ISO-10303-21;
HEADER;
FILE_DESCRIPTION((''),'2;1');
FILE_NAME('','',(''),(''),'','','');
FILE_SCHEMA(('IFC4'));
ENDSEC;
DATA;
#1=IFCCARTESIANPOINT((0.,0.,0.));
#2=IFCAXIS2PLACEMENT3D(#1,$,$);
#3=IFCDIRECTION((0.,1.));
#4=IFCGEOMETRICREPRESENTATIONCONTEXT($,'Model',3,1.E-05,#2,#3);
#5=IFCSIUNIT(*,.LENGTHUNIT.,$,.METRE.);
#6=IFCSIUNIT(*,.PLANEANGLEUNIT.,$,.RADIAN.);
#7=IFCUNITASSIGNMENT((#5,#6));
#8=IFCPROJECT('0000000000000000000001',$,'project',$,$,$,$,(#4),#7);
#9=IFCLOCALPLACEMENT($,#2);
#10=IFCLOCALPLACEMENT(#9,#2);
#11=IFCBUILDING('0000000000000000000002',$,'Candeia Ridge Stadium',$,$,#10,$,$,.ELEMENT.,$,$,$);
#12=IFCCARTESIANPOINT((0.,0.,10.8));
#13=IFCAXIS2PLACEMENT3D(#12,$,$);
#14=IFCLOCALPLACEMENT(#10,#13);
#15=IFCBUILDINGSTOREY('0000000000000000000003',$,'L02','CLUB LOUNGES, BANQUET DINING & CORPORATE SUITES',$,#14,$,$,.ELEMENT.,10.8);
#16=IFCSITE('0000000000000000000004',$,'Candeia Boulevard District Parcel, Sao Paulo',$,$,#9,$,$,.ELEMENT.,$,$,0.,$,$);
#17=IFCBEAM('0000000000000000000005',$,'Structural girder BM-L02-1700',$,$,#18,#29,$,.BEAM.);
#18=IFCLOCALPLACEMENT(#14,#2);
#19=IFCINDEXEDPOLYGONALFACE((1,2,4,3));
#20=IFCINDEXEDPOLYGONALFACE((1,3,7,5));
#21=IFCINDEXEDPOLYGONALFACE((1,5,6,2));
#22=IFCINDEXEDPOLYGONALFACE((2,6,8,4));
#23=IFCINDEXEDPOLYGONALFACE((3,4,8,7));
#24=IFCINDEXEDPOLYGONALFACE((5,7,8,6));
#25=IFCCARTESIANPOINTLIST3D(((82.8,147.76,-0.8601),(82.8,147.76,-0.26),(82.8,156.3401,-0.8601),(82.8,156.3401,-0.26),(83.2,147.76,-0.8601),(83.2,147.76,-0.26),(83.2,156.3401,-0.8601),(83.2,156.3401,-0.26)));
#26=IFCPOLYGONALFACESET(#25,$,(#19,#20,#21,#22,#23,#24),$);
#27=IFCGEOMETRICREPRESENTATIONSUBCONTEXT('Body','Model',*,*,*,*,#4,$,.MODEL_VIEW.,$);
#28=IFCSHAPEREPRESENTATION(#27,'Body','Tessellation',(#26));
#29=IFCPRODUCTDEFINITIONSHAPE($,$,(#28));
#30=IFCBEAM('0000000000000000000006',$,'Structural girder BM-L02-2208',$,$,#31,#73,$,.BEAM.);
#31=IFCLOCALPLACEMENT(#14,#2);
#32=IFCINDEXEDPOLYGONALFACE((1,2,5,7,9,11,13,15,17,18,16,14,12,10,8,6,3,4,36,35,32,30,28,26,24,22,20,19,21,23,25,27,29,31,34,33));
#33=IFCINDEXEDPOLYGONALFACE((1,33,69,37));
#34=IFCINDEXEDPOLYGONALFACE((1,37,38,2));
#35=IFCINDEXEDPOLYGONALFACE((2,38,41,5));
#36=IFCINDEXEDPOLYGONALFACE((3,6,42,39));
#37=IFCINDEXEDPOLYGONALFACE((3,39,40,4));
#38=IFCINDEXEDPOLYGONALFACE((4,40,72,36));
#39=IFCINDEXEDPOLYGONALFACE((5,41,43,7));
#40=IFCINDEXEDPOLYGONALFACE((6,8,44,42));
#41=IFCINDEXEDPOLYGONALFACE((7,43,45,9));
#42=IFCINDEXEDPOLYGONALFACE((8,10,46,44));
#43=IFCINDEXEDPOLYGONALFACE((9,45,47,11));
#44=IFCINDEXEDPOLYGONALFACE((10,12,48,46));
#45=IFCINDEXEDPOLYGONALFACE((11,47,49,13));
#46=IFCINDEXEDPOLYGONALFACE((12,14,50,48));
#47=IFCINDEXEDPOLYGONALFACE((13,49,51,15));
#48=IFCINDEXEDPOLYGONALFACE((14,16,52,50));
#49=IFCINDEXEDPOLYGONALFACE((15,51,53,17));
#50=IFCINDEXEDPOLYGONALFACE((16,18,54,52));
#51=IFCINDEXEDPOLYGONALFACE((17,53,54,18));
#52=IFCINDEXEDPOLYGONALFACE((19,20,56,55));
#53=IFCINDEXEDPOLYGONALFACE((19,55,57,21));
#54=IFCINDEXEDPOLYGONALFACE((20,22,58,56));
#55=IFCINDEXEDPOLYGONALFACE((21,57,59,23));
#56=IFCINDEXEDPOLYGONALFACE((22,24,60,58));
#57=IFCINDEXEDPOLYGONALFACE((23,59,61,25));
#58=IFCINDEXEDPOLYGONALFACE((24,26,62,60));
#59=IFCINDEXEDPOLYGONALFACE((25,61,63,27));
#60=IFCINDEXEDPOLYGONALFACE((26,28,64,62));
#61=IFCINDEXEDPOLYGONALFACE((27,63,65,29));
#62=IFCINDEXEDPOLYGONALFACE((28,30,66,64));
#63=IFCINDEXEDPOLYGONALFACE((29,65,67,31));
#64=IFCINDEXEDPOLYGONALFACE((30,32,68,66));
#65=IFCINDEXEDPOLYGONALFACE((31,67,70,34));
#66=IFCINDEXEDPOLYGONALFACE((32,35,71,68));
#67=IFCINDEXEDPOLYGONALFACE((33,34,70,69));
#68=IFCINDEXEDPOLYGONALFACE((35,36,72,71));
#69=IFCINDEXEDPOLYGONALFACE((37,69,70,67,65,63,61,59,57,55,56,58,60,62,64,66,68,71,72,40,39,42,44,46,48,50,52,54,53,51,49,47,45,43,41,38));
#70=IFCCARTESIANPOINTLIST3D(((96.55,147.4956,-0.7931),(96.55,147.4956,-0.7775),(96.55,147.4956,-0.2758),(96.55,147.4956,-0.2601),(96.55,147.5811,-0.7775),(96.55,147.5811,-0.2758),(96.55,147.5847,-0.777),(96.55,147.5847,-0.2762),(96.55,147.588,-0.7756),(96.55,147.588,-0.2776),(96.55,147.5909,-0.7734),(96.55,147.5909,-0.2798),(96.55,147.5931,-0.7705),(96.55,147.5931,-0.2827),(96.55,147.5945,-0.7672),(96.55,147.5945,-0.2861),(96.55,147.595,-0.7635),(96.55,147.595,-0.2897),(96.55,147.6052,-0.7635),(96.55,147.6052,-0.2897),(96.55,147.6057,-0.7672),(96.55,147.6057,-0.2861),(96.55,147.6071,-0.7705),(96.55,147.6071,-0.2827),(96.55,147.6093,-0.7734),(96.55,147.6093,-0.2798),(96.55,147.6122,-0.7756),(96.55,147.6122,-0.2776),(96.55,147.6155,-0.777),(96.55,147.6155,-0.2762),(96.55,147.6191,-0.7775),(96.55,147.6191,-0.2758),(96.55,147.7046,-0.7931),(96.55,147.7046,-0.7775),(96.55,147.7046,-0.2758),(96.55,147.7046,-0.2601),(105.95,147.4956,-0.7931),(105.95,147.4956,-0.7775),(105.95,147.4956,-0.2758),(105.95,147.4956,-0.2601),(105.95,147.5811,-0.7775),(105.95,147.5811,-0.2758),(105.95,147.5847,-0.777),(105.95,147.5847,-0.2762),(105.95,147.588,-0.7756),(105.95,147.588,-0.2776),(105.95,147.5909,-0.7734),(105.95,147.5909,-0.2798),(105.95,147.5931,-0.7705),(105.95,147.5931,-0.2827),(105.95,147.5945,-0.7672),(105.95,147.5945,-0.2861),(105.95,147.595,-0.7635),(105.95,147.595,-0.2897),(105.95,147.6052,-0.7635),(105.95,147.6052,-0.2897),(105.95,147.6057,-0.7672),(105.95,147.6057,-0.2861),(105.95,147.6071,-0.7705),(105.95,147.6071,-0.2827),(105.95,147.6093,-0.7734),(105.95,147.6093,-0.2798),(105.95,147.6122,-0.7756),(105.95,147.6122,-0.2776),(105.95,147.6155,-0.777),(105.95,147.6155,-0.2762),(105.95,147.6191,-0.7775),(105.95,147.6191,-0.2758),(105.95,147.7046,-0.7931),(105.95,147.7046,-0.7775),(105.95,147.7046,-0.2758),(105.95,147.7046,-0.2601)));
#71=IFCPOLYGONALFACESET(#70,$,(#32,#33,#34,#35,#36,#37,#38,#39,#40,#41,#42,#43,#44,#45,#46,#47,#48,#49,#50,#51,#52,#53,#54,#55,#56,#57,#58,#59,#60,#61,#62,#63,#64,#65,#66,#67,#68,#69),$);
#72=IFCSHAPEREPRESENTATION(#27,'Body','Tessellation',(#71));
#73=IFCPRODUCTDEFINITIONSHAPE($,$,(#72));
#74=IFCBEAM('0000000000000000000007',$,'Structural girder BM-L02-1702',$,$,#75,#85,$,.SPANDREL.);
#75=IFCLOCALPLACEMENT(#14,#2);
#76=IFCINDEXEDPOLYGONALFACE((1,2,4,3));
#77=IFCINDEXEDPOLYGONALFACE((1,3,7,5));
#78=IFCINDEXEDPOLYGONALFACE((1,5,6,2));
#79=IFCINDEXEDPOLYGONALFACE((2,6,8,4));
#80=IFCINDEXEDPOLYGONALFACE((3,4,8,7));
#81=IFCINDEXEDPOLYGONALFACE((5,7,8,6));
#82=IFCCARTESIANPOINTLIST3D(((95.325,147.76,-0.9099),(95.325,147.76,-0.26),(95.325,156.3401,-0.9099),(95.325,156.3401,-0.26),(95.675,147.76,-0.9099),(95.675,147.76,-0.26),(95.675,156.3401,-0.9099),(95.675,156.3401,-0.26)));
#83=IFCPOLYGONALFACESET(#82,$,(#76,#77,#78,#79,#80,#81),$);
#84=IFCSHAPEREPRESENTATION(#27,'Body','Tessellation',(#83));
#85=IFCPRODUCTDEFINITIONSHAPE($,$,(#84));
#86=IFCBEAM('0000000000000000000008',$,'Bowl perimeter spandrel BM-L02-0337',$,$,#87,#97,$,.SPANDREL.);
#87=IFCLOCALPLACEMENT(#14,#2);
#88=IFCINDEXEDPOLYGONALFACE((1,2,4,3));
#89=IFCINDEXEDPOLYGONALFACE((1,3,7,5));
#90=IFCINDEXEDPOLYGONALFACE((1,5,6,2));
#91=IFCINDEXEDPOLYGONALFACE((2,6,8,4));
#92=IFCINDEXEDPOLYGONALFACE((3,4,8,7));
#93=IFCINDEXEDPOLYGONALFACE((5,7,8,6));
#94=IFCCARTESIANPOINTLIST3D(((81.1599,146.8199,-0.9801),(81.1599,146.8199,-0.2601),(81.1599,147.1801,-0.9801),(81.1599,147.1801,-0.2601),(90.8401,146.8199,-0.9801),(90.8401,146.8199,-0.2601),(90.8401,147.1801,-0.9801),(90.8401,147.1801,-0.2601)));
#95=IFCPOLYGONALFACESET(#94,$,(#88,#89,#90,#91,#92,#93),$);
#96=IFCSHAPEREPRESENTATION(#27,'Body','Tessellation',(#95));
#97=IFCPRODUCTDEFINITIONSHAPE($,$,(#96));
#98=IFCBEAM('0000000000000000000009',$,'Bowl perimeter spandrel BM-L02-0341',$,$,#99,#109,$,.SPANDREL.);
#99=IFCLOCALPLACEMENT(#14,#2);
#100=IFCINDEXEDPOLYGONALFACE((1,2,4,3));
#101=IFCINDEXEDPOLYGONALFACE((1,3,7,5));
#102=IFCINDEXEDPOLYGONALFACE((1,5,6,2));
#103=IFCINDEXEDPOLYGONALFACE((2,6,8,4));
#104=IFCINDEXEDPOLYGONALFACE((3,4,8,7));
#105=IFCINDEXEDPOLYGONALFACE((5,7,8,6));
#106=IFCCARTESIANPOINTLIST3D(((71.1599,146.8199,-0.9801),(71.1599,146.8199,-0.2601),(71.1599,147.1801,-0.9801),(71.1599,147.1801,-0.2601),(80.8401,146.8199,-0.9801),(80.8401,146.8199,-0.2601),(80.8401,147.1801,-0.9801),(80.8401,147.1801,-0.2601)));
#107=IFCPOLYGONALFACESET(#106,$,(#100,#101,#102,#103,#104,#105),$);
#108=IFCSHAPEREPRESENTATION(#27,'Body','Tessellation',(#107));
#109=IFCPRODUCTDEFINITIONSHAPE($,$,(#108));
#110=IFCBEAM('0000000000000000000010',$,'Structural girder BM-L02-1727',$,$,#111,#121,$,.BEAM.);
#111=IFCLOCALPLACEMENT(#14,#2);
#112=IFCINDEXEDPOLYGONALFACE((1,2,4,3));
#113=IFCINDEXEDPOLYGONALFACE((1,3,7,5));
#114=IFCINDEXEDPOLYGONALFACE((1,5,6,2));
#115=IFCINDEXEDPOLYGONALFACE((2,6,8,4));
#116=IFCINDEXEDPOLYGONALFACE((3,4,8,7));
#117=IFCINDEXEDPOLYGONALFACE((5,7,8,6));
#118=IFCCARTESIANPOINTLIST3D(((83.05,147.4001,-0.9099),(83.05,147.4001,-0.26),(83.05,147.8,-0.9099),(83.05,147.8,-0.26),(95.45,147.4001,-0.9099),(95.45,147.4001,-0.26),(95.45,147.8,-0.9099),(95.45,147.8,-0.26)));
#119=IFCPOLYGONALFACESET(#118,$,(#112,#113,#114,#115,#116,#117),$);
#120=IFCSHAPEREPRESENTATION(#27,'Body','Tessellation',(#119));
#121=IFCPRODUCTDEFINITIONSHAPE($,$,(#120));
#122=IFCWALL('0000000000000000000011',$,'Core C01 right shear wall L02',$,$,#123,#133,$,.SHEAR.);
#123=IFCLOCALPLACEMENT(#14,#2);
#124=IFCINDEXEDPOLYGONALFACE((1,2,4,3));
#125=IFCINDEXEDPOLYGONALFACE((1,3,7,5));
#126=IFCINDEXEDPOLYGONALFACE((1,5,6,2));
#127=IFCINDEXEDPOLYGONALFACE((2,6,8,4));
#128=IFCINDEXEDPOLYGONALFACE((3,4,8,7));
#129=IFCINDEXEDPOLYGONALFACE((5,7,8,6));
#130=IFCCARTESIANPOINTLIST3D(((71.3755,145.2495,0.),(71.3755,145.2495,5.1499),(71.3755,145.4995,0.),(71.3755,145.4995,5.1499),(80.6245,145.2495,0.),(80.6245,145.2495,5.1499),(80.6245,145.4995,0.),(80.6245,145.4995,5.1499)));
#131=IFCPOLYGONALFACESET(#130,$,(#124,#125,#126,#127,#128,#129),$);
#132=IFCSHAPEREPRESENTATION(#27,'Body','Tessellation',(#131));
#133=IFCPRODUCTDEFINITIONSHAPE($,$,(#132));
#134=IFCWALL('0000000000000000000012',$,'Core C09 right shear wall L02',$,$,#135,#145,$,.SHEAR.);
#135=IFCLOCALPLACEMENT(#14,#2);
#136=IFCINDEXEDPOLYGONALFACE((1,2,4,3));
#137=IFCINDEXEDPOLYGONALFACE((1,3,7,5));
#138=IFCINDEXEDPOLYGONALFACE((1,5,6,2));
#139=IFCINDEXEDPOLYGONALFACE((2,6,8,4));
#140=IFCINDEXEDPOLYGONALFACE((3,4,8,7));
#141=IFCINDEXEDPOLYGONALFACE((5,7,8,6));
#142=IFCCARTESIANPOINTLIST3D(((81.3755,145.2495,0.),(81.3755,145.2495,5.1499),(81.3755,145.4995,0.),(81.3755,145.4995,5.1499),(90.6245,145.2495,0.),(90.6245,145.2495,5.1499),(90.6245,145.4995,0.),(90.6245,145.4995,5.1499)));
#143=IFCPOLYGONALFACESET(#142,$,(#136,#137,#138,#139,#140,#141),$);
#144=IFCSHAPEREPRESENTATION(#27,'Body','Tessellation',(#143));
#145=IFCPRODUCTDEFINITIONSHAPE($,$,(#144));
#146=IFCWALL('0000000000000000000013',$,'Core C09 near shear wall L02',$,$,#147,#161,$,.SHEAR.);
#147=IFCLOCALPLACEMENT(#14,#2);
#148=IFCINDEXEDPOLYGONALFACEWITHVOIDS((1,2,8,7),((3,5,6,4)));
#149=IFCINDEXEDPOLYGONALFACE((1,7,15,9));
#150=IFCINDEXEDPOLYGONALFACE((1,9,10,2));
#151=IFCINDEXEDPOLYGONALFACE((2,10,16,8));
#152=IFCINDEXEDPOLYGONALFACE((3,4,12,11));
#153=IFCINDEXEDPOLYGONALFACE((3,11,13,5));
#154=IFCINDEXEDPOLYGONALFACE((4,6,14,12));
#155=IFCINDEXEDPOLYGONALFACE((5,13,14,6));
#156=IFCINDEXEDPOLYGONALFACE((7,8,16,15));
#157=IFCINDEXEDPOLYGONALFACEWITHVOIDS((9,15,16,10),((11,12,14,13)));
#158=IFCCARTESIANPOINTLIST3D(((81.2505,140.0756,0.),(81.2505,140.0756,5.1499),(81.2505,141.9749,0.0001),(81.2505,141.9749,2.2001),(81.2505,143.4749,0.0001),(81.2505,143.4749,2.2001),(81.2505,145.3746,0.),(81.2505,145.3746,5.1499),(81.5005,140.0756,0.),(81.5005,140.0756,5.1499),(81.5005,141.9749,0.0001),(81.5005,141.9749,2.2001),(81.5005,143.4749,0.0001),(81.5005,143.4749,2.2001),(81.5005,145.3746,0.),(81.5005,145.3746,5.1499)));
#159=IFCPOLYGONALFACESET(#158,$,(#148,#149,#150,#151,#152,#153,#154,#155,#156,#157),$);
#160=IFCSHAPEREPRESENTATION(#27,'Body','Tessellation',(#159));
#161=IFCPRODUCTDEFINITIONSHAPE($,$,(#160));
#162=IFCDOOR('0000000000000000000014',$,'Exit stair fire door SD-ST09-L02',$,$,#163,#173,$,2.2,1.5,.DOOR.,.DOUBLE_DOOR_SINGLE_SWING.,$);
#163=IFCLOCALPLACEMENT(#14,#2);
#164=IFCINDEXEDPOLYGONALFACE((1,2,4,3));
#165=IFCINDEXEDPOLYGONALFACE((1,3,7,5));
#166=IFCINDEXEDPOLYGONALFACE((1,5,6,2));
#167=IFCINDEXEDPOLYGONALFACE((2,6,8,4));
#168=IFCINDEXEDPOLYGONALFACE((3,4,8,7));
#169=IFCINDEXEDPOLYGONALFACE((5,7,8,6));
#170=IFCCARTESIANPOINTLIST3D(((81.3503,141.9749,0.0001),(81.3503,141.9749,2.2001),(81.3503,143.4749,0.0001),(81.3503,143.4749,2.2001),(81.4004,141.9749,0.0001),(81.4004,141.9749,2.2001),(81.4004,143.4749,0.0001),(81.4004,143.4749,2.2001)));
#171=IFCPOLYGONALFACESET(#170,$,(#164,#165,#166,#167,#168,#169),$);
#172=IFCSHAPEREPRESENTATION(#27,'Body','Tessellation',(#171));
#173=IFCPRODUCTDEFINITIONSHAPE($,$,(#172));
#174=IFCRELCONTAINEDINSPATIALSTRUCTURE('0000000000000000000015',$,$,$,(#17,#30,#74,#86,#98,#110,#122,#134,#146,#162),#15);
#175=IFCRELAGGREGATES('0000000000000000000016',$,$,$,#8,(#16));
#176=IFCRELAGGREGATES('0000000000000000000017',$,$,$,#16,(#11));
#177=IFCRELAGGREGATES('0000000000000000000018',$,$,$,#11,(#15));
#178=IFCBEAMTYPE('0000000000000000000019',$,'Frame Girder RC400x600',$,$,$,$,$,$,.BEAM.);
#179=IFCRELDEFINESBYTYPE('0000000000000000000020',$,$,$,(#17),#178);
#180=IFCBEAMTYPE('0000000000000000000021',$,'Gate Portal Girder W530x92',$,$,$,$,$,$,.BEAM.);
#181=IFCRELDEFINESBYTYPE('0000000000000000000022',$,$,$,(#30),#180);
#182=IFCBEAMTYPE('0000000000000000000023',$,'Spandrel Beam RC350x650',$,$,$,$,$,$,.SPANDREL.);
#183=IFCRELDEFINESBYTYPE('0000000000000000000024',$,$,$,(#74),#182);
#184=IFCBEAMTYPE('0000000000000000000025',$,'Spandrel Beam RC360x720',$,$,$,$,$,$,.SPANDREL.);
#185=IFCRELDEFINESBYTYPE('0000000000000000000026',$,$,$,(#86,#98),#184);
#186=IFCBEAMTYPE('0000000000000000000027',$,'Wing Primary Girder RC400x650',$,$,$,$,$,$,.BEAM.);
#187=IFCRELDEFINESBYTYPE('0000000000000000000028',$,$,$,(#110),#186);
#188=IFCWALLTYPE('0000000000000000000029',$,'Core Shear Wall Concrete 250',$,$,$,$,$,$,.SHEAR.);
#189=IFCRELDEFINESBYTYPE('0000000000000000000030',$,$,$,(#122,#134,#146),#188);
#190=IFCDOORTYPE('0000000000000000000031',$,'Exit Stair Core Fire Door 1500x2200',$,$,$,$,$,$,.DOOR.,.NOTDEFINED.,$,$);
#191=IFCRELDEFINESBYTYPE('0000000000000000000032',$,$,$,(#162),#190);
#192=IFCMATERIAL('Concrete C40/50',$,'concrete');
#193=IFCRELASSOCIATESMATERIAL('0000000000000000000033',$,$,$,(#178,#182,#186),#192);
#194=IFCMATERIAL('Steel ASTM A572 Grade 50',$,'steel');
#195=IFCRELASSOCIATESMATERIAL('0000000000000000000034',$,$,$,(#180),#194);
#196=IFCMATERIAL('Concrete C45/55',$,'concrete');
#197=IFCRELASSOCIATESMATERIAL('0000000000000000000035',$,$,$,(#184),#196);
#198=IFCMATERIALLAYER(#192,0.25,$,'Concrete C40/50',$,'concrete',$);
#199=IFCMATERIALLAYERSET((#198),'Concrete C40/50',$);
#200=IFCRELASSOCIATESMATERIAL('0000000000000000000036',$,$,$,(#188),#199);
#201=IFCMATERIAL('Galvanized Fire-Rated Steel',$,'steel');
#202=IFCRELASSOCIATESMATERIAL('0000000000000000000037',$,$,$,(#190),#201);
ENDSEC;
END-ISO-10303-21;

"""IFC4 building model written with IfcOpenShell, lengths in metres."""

from ifc_helpers import new_model, si_unit, direction, frame, frame_2d, origin, origin_2d, place, context, subcontext, project, spatial, rectangle, i_section, extrude, material, layer, layer_set, material_profile, profile_set, type_object, element, fill, save


model = new_model("IFC4")

# Units and contexts
model_context = context("Model", 3, precision=1e-05, world=origin(), true_north=direction((0.0, 1.0)))
body_context = subcontext(model_context, "Body", "Model", "MODEL_VIEW")
ifc_project = project(units=[si_unit("LENGTHUNIT", "METRE"), si_unit("PLANEANGLEUNIT", "RADIAN")], contexts=[model_context])

# Site, building, storey
site_placement = place(None, origin())
site = spatial("IfcSite", under=ifc_project, at=site_placement, Name="Candeia Boulevard District Parcel, Sao Paulo", CompositionType="ELEMENT", RefElevation=0.0)
building_placement = place(site_placement, origin())
building = spatial("IfcBuilding", under=site, at=building_placement, Name="Candeia Ridge Stadium", CompositionType="ELEMENT")
storey_placement = place(building_placement, frame((0.0, 0.0, 10.8)))
storey = spatial("IfcBuildingStorey", under=building, at=storey_placement, Name="L02", Description="CLUB LOUNGES, BANQUET DINING & CORPORATE SUITES", CompositionType="ELEMENT", Elevation=10.8)

# Shared definitions
ifc_material_1 = material(Name="Concrete C45/55", Category="concrete")
ifc_material_2 = material(Name="Steel ASTM A572 Grade 50", Category="steel")
ifc_material_3 = material(Name="Concrete C40/50", Category="concrete")

# Beams
ifc_material_profile_1 = material_profile(ifc_material_3, rectangle(XDim=0.3999, YDim=0.6001, at=origin_2d()), Name="RC400x600", Category="concrete")
ifc_profile_set_1 = profile_set([ifc_material_profile_1], Name="Concrete C40/50")
beam_type_1 = type_object("IfcBeamType", Name="Frame Girder RC400x600", PredefinedType="BEAM", material=ifc_profile_set_1)
beam_1_placement = place(storey_placement, frame((83.0, 147.76, -0.5601), z_axis=(0.0, 1.0, 0.0), x_axis=(-1.0, 0.0, 0.0)))
element("IfcBeam", 1, at=beam_1_placement, inside=storey, type_object=beam_type_1, Name="Structural girder BM-L02-1700", PredefinedType="BEAM", context=body_context, shape_type="SweptSolid", body=[
    extrude(rectangle(XDim=0.3999, YDim=0.6001, at=origin_2d()), origin(), (0.0, 0.0, 1.0), 8.5801),
])
ifc_material_profile_2 = material_profile(ifc_material_2, i_section(OverallWidth=0.209, OverallDepth=0.533, WebThickness=0.0103, FlangeThickness=0.0156, FilletRadius=0.0139, at=origin_2d()), Name="W530x92", Category="steel")
ifc_profile_set_2 = profile_set([ifc_material_profile_2], Name="Steel ASTM A572 Grade 50")
beam_type_2 = type_object("IfcBeamType", Name="Gate Portal Girder W530x92", PredefinedType="BEAM", material=ifc_profile_set_2)
beam_2_placement = place(storey_placement, frame((96.55, 147.6001, -0.5266), z_axis=(1.0, 0.0, 0.0), x_axis=(0.0, 1.0, 0.0)))
element("IfcBeam", 2, at=beam_2_placement, inside=storey, type_object=beam_type_2, Name="Structural girder BM-L02-2208", PredefinedType="BEAM", context=body_context, shape_type="SweptSolid", body=[
    extrude(i_section(OverallWidth=0.209, OverallDepth=0.533, WebThickness=0.0103, FlangeThickness=0.0156, FilletRadius=0.0139, at=origin_2d()), origin(), (0.0, 0.0, 1.0), 9.3999),
])
ifc_material_profile_3 = material_profile(ifc_material_3, rectangle(XDim=0.3501, YDim=0.6499, at=origin_2d()), Name="RC350x650", Category="concrete")
ifc_profile_set_3 = profile_set([ifc_material_profile_3], Name="Concrete C40/50")
beam_type_3 = type_object("IfcBeamType", Name="Spandrel Beam RC350x650", PredefinedType="SPANDREL", material=ifc_profile_set_3)
beam_3_placement = place(storey_placement, frame((95.5, 147.76, -0.585), z_axis=(0.0, 1.0, 0.0), x_axis=(-1.0, 0.0, 0.0)))
element("IfcBeam", 3, at=beam_3_placement, inside=storey, type_object=beam_type_3, Name="Structural girder BM-L02-1702", PredefinedType="SPANDREL", context=body_context, shape_type="SweptSolid", body=[
    extrude(rectangle(XDim=0.3501, YDim=0.6499, at=origin_2d()), origin(), (0.0, 0.0, 1.0), 8.5801),
])
ifc_material_profile_4 = material_profile(ifc_material_1, rectangle(XDim=0.3601, YDim=0.72, at=origin_2d()), Name="RC360x720", Category="concrete")
ifc_profile_set_4 = profile_set([ifc_material_profile_4], Name="Concrete C45/55")
beam_type_4 = type_object("IfcBeamType", Name="Spandrel Beam RC360x720", PredefinedType="SPANDREL", material=ifc_profile_set_4)
for number, where, z_axis, x_axis, name in (
    (4, (90.8401, 147.0, -0.6201), (-1.0, 0.0, 0.0), (0.0, -1.0, 0.0), "Bowl perimeter spandrel BM-L02-0337"),
    (5, (80.8401, 147.0, -0.6201), (-1.0, 0.0, 0.0), (0.0, -1.0, 0.0), "Bowl perimeter spandrel BM-L02-0341"),
):
    element("IfcBeam", number, at=place(storey_placement, frame(where, z_axis=z_axis, x_axis=x_axis)), inside=storey, type_object=beam_type_4, Name=name, PredefinedType="SPANDREL", context=body_context, shape_type="SweptSolid", body=[
        extrude(rectangle(XDim=0.3601, YDim=0.72, at=origin_2d()), origin(), (0.0, 0.0, 1.0), 9.6802),
    ])
ifc_material_profile_5 = material_profile(ifc_material_3, rectangle(XDim=0.3999, YDim=0.6499, at=origin_2d()), Name="RC400x650", Category="concrete")
ifc_profile_set_5 = profile_set([ifc_material_profile_5], Name="Concrete C40/50")
beam_type_5 = type_object("IfcBeamType", Name="Wing Primary Girder RC400x650", PredefinedType="BEAM", material=ifc_profile_set_5)
beam_4_placement = place(storey_placement, frame((83.05, 147.6001, -0.585), z_axis=(1.0, 0.0, 0.0), x_axis=(0.0, 1.0, 0.0)))
element("IfcBeam", 6, at=beam_4_placement, inside=storey, type_object=beam_type_5, Name="Structural girder BM-L02-1727", PredefinedType="BEAM", context=body_context, shape_type="SweptSolid", body=[
    extrude(rectangle(XDim=0.3999, YDim=0.6499, at=origin_2d()), origin(), (0.0, 0.0, 1.0), 12.3999),
])

# Walls
ifc_layer_1 = layer(ifc_material_3, 0.25, Name="Concrete C40/50", Category="concrete")
ifc_layer_set_1 = layer_set([ifc_layer_1], Name="Concrete C40/50")
wall_type_1 = type_object("IfcWallType", Name="Core Shear Wall Concrete 250", PredefinedType="SHEAR", material=ifc_layer_set_1)
for number, where, z_axis, x_axis, name in (
    (7, (80.6245, 145.3745, 0.0), (0.0, 0.0, 1.0), (-1.0, 0.0, 0.0), "Core C01 right shear wall L02"),
    (8, (90.6245, 145.3745, 0.0), (0.0, 0.0, 1.0), (-1.0, 0.0, 0.0), "Core C09 right shear wall L02"),
):
    element("IfcWall", number, at=place(storey_placement, frame(where, z_axis=z_axis, x_axis=x_axis)), inside=storey, type_object=wall_type_1, Name=name, PredefinedType="SHEAR", context=body_context, shape_type="SweptSolid", body=[
        extrude(rectangle(XDim=9.249, YDim=0.25, at=frame_2d((4.6245, 0.0))), origin(), (0.0, 0.0, 1.0), 5.1499),
    ])

# Wall, opening, door
wall_1_placement = place(storey_placement, frame((81.3755, 145.3745, 0.0), z_axis=(0.0, 0.0, 1.0), x_axis=(0.0, -1.0, 0.0)))
wall_1 = element("IfcWall", 9, at=wall_1_placement, inside=storey, type_object=wall_type_1, Name="Core C09 near shear wall L02", PredefinedType="SHEAR", context=body_context, shape_type="SweptSolid", body=[
    extrude(rectangle(XDim=5.2991, YDim=0.25, at=frame_2d((2.6494, 0.0))), origin(), (0.0, 0.0, 1.0), 5.1499),
])
opening_1_placement = place(wall_1_placement, frame((1.8997, 0.0, 0.0)))
opening_1 = element("IfcOpeningElement", 10, at=opening_1_placement, cuts=wall_1, PredefinedType="OPENING", context=body_context, shape_type="SweptSolid", body=[
    extrude(rectangle(XDim=1.5, YDim=2.2, at=frame_2d((0.75, 1.1001))), frame((0.0, 0.135, 0.0), z_axis=(0.0, -1.0, 0.0), x_axis=(1.0, 0.0, 0.0)), (0.0, 0.0, 1.0), 0.27),
])
ifc_material_4 = material(Name="Galvanized Fire-Rated Steel", Category="steel")
door_type_1 = type_object("IfcDoorType", Name="Exit Stair Core Fire Door 1500x2200", OperationType="NOTDEFINED", PredefinedType="DOOR", material=ifc_material_4)
door_1_placement = place(opening_1_placement, origin())
door_1 = element("IfcDoor", 11, at=door_1_placement, inside=storey, type_object=door_type_1, Name="Exit stair fire door SD-ST09-L02", OperationType="DOUBLE_DOOR_SINGLE_SWING", OverallHeight=2.2, OverallWidth=1.5, PredefinedType="DOOR", context=body_context, shape_type="SweptSolid", body=[
    extrude(rectangle(XDim=1.5, YDim=2.2, at=frame_2d((0.75, 1.1001))), frame((0.0, 0.0249, 0.0), z_axis=(0.0, -1.0, 0.0), x_axis=(1.0, 0.0, 0.0)), (0.0, 0.0, 1.0), 0.05),
])
fill(opening_1, door_1)

save(model, "model.ifc")
